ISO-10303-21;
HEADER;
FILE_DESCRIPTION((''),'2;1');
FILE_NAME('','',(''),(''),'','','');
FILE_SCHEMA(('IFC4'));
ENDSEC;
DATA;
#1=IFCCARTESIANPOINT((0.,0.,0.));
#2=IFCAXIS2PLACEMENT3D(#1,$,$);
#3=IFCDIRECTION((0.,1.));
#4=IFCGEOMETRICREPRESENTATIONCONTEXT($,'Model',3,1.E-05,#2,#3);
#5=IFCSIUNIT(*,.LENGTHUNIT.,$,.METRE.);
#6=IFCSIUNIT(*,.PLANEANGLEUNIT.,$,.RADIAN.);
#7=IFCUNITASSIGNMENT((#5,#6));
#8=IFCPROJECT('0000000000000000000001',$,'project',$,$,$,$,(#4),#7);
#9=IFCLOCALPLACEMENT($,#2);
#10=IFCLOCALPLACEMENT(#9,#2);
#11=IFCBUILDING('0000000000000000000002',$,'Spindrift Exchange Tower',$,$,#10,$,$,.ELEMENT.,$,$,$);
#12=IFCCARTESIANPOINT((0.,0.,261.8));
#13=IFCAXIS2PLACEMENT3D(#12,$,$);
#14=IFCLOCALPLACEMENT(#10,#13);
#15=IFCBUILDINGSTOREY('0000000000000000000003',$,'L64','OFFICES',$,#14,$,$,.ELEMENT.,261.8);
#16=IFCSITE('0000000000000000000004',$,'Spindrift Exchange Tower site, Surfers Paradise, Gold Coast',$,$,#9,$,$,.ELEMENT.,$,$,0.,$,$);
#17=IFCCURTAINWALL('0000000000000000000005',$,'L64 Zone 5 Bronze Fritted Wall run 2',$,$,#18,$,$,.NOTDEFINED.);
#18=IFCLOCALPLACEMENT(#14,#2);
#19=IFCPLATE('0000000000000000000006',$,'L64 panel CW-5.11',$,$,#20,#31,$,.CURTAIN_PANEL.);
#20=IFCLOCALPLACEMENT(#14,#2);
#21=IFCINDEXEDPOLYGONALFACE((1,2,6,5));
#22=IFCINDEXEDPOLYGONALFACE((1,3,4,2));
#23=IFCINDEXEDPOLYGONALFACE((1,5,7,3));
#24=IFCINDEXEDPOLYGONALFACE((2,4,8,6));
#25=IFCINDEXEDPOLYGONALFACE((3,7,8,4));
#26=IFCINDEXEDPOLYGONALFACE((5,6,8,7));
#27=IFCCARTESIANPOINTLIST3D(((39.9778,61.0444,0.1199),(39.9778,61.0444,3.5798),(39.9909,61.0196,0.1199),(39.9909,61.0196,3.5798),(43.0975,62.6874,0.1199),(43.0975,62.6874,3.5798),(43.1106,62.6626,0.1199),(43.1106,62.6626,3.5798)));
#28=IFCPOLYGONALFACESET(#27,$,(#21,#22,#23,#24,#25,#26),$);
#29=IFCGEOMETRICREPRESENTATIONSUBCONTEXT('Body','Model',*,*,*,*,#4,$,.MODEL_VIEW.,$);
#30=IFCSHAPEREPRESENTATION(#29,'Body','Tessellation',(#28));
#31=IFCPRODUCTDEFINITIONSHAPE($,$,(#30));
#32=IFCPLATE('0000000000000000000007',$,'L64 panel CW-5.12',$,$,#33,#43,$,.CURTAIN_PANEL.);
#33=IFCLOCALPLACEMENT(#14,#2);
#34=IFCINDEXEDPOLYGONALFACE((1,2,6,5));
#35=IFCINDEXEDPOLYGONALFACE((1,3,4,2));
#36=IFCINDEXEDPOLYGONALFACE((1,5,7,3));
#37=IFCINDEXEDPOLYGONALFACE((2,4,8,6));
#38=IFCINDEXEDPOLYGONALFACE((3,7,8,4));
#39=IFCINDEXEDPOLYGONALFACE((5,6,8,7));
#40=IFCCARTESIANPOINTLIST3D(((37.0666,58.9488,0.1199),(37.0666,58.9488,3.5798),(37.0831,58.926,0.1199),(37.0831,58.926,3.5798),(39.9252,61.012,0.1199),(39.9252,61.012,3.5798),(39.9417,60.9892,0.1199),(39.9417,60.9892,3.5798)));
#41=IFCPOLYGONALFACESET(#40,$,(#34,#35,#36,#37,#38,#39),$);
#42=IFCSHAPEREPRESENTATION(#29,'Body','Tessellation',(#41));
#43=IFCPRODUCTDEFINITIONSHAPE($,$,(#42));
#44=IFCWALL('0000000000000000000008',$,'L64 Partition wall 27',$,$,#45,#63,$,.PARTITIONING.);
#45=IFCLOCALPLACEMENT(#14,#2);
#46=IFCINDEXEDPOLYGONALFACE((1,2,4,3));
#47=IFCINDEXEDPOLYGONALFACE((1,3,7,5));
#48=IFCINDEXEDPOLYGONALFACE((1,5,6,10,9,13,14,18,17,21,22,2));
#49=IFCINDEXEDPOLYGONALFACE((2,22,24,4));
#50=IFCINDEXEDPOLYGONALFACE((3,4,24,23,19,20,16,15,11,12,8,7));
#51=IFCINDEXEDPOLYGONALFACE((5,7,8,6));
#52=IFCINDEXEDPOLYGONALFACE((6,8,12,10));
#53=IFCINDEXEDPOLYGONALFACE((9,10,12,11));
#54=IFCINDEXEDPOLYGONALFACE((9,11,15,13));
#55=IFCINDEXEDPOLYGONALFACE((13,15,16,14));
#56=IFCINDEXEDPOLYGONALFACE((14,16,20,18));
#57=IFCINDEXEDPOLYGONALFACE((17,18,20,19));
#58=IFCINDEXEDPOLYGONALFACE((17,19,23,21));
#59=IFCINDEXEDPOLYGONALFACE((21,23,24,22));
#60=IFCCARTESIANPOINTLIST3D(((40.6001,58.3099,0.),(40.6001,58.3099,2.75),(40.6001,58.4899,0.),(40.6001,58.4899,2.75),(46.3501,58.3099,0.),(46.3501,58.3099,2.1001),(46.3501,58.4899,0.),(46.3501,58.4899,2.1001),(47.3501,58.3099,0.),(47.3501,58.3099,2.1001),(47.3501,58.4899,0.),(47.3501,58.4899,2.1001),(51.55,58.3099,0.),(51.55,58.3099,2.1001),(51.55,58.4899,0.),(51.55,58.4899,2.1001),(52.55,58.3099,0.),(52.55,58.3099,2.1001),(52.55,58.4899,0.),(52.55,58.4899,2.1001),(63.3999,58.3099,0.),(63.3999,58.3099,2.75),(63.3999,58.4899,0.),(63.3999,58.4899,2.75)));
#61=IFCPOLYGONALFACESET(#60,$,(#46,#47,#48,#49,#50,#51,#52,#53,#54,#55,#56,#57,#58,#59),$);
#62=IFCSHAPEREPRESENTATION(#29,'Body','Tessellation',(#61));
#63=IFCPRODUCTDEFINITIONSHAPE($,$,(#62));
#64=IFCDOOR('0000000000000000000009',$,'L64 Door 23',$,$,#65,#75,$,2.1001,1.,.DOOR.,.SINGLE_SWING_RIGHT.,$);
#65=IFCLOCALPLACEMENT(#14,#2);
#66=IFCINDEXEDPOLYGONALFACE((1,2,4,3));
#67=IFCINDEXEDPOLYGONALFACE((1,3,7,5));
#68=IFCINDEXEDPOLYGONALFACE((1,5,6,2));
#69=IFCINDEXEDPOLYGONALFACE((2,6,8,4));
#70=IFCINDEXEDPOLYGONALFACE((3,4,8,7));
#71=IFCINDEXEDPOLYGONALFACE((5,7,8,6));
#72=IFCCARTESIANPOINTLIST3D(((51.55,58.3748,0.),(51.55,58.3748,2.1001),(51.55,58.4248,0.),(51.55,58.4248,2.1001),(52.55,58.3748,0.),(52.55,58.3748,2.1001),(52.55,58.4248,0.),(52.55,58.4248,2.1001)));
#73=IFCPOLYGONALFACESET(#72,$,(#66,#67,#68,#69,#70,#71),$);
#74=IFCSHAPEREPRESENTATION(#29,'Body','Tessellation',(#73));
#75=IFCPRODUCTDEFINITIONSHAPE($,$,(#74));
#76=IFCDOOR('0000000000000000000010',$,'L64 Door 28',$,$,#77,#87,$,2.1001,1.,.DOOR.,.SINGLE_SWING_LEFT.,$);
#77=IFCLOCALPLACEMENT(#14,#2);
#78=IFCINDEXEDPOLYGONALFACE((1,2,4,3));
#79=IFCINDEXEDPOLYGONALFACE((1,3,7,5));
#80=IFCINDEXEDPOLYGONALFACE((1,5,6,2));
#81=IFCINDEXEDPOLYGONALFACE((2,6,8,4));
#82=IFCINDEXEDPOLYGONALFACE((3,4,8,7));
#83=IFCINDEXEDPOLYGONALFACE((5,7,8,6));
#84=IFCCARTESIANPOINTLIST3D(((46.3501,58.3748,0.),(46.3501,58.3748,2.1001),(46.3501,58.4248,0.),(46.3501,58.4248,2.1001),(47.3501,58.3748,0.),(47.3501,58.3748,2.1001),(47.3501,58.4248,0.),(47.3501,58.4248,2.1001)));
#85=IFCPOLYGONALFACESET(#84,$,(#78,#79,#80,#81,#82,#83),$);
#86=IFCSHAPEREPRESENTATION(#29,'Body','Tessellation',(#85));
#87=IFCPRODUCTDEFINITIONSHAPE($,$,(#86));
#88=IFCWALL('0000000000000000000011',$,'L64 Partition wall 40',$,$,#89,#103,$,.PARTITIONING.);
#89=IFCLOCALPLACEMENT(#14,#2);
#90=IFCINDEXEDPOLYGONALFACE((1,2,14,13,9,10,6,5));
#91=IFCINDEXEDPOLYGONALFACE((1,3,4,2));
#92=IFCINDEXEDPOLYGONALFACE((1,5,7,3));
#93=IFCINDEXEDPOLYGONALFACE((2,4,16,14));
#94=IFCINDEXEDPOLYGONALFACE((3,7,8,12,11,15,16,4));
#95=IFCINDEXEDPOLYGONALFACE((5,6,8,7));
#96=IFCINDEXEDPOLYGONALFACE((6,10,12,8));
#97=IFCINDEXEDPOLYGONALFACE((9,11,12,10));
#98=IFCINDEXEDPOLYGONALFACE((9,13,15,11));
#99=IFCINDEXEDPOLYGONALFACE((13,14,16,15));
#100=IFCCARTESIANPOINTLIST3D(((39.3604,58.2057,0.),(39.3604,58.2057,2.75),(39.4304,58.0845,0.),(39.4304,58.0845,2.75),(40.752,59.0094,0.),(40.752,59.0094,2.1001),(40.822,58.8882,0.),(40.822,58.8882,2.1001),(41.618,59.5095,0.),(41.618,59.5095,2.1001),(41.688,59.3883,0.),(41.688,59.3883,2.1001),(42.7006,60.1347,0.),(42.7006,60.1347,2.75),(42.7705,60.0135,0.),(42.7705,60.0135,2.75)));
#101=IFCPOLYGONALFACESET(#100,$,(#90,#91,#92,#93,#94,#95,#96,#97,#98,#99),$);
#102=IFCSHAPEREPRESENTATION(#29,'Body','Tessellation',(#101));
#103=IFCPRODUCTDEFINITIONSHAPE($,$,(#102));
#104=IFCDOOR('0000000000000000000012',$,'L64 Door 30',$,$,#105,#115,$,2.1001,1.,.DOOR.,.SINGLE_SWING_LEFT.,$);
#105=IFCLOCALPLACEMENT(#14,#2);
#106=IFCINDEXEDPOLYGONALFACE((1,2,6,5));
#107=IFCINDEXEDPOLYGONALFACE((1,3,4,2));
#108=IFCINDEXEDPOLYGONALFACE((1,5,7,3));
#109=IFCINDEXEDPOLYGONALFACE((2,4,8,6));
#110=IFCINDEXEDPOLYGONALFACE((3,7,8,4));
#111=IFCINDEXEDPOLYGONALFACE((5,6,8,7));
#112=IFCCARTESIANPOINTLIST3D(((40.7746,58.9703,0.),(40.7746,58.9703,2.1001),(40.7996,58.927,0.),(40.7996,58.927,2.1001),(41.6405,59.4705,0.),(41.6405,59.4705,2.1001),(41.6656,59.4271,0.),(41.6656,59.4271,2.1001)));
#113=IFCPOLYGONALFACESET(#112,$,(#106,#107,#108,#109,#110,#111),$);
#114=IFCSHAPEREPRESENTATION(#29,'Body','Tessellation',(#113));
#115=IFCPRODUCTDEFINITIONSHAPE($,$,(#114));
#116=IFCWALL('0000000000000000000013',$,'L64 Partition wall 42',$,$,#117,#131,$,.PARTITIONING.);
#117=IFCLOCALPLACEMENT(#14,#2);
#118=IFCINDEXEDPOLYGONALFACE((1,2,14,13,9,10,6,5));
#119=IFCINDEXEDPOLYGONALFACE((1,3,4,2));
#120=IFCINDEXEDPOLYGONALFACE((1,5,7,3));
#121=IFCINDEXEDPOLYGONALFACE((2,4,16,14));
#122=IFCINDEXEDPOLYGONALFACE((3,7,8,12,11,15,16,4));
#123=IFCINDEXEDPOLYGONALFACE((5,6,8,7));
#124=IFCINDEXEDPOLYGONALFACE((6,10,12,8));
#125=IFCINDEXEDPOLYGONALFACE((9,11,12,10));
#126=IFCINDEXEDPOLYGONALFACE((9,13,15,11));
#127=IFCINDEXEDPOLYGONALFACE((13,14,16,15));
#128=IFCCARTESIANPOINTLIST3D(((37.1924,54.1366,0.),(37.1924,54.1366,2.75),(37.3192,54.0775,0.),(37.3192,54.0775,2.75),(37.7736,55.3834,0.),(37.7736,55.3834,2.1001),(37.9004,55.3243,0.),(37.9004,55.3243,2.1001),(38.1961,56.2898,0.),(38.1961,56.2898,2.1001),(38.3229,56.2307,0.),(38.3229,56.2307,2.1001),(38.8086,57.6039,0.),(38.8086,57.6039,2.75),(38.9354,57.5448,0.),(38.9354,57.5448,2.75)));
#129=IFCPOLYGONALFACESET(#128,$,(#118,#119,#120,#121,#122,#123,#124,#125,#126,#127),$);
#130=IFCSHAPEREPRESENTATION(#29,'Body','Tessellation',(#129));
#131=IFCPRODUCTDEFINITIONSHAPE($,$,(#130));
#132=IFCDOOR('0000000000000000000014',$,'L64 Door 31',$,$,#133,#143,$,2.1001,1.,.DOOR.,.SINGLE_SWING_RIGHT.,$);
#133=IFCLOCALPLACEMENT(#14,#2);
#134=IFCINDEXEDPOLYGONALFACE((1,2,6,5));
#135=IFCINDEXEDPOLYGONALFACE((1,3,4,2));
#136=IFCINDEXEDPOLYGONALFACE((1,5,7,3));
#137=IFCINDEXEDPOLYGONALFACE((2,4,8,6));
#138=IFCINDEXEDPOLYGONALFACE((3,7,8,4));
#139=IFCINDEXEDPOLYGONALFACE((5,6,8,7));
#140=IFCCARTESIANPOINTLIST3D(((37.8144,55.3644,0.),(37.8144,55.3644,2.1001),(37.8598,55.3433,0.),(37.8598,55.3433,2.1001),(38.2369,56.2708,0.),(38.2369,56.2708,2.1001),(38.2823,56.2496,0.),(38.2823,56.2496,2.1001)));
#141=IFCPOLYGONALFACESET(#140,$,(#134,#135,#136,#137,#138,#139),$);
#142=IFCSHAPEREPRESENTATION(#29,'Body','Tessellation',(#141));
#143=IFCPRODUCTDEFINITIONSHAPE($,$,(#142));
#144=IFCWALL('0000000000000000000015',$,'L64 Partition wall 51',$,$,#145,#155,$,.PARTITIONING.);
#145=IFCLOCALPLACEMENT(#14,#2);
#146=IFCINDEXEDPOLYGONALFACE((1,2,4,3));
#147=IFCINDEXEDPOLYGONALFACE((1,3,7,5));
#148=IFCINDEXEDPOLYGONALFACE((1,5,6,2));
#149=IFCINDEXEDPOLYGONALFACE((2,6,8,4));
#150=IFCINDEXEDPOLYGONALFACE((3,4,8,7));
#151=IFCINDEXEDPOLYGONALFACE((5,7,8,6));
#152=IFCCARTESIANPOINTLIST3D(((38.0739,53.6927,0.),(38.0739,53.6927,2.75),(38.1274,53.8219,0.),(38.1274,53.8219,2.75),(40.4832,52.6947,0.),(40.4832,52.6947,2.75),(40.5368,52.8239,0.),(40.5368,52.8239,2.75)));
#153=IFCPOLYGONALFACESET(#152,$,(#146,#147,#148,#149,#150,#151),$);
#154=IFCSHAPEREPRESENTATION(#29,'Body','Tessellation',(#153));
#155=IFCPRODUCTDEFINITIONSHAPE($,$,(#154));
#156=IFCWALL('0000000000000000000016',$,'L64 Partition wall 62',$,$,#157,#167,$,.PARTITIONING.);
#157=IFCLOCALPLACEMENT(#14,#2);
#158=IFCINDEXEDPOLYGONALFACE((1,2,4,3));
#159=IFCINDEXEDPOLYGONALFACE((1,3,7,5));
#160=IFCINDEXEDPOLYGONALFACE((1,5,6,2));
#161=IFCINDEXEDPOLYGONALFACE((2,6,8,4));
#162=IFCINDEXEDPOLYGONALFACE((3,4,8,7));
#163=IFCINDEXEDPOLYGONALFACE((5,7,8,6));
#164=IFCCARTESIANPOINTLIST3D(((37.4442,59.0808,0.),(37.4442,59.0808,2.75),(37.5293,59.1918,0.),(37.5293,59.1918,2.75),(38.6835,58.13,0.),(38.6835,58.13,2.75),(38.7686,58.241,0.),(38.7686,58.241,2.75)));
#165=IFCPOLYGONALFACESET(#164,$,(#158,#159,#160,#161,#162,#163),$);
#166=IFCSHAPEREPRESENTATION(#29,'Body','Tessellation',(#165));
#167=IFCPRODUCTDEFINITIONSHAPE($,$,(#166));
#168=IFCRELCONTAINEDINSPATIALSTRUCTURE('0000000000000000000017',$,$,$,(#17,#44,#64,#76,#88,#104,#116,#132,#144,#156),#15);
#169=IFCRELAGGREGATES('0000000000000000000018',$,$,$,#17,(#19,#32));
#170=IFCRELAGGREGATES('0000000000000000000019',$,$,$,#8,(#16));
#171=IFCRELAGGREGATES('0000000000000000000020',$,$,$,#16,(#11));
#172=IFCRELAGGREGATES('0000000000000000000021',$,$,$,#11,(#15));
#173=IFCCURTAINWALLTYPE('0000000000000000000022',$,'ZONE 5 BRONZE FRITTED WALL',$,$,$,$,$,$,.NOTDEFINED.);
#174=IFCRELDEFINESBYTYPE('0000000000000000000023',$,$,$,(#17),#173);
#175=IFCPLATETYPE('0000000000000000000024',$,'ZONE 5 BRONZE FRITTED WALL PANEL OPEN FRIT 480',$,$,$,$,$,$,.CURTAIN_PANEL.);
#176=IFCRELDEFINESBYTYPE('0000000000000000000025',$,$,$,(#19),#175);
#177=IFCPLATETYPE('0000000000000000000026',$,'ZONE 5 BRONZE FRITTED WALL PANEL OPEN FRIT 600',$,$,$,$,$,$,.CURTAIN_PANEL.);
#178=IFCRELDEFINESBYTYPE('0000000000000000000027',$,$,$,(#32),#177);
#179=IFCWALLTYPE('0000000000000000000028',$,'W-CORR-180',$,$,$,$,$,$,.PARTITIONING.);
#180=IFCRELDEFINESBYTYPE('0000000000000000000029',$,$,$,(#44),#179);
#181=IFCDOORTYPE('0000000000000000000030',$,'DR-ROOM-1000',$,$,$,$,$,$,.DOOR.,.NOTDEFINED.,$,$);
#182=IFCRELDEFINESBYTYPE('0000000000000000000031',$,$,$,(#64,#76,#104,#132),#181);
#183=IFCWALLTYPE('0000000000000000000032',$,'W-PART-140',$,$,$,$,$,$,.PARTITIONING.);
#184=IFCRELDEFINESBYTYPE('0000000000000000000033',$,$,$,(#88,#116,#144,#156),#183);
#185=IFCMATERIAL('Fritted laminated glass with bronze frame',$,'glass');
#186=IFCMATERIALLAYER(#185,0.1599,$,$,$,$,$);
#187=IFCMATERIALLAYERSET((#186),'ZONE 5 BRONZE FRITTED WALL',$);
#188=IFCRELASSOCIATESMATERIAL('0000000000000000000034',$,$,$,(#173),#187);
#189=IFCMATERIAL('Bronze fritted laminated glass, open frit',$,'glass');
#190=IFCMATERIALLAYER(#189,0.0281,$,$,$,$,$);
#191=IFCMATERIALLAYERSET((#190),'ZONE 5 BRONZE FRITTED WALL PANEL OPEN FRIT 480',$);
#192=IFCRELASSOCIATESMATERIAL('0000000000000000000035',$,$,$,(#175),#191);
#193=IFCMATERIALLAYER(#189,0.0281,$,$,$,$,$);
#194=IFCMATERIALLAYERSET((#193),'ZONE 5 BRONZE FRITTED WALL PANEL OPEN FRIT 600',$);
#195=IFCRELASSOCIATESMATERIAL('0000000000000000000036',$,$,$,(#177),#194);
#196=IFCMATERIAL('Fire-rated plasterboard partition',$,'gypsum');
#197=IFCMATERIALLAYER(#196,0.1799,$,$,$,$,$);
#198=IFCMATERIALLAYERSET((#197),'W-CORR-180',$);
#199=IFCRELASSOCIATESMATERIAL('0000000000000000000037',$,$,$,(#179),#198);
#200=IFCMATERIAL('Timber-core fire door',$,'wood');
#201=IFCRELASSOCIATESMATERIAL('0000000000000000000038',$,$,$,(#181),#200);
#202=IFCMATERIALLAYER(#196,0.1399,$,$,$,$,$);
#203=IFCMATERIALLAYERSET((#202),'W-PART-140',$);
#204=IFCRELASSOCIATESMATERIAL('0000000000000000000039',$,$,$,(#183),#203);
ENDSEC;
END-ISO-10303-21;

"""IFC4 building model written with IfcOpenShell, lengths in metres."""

from ifc_helpers import new_model, si_unit, direction, frame, frame_2d, origin, origin_2d, place, context, subcontext, project, spatial, rectangle, extrude, source, transform, mapped, material, layer, layer_set, type_object, element, fill, aggregate, save


model = new_model("IFC4")

# Units and contexts
model_context = context("Model", 3, precision=1e-05, world=origin(), true_north=direction((0.0, 1.0)))
body_context = subcontext(model_context, "Body", "Model", "MODEL_VIEW")
ifc_project = project(units=[si_unit("LENGTHUNIT", "METRE"), si_unit("PLANEANGLEUNIT", "RADIAN")], contexts=[model_context])

# Site, building, storey
site_placement = place(None, origin())
site = spatial("IfcSite", under=ifc_project, at=site_placement, Name="Spindrift Exchange Tower site, Surfers Paradise, Gold Coast", CompositionType="ELEMENT", RefElevation=0.0)
building_placement = place(site_placement, origin())
building = spatial("IfcBuilding", under=site, at=building_placement, Name="Spindrift Exchange Tower", CompositionType="ELEMENT")
storey_placement = place(building_placement, frame((0.0, 0.0, 261.8)))
storey = spatial("IfcBuildingStorey", under=building, at=storey_placement, Name="L64", Description="OFFICES", CompositionType="ELEMENT", Elevation=261.8)

# Curtain wall, plates
ifc_material_1 = material(Name="Fritted laminated glass with bronze frame", Category="glass")
ifc_layer_1 = layer(ifc_material_1, 0.1599)
ifc_layer_set_1 = layer_set([ifc_layer_1], Name="ZONE 5 BRONZE FRITTED WALL")
curtain_wall_type = type_object("IfcCurtainWallType", Name="ZONE 5 BRONZE FRITTED WALL", PredefinedType="NOTDEFINED", material=ifc_layer_set_1)
curtain_wall_placement = place(storey_placement, origin())
curtain_wall = element("IfcCurtainWall", 1, at=curtain_wall_placement, inside=storey, type_object=curtain_wall_type, Name="L64 Zone 5 Bronze Fritted Wall run 2", PredefinedType="NOTDEFINED")
ifc_material_2 = material(Name="Bronze fritted laminated glass, open frit", Category="glass")
ifc_layer_2 = layer(ifc_material_2, 0.0281)
ifc_layer_set_2 = layer_set([ifc_layer_2], Name="ZONE 5 BRONZE FRITTED WALL PANEL OPEN FRIT 480")
plate_type_1 = type_object("IfcPlateType", Name="ZONE 5 BRONZE FRITTED WALL PANEL OPEN FRIT 480", PredefinedType="CURTAIN_PANEL", material=ifc_layer_set_2)
shared_shape_1 = source(origin(), body_context, "Body", "SweptSolid", [
    extrude(rectangle(XDim=3.5259, YDim=0.0281, at=origin_2d()), origin(), (0.0, 0.0, 1.0), 3.46),
])
plate_1_placement = place(storey_placement, frame((41.5442, 61.8535, 0.1199), z_axis=(0.0, 0.0, 1.0), x_axis=(-0.884797, -0.465976, 0.0)))
plate_1 = element("IfcPlate", 2, at=plate_1_placement, type_object=plate_type_1, Name="L64 panel CW-5.11", PredefinedType="CURTAIN_PANEL", context=body_context, shape_type="MappedRepresentation", body=[
    mapped(shared_shape_1, transform((0.0, 0.0, 0.0), scale=1.0)),
])
ifc_layer_3 = layer(ifc_material_2, 0.0281)
ifc_layer_set_3 = layer_set([ifc_layer_3], Name="ZONE 5 BRONZE FRITTED WALL PANEL OPEN FRIT 600")
plate_type_2 = type_object("IfcPlateType", Name="ZONE 5 BRONZE FRITTED WALL PANEL OPEN FRIT 600", PredefinedType="CURTAIN_PANEL", material=ifc_layer_set_3)
shared_shape_2 = source(origin(), body_context, "Body", "SweptSolid", [
    extrude(rectangle(XDim=3.5254, YDim=0.0281, at=origin_2d()), origin(), (0.0, 0.0, 1.0), 3.46),
])
plate_2_placement = place(storey_placement, frame((38.5042, 59.969, 0.1199), z_axis=(0.0, 0.0, 1.0), x_axis=(-0.810853, -0.585249, 0.0)))
plate_2 = element("IfcPlate", 3, at=plate_2_placement, type_object=plate_type_2, Name="L64 panel CW-5.12", PredefinedType="CURTAIN_PANEL", context=body_context, shape_type="MappedRepresentation", body=[
    mapped(shared_shape_2, transform((0.0, 0.0, 0.0), scale=1.0)),
])
aggregate(curtain_wall, [plate_1, plate_2])

# Wall, openings, doors
ifc_material_3 = material(Name="Fire-rated plasterboard partition", Category="gypsum")
ifc_layer_4 = layer(ifc_material_3, 0.1799)
ifc_layer_set_4 = layer_set([ifc_layer_4], Name="W-CORR-180")
wall_type_1 = type_object("IfcWallType", Name="W-CORR-180", PredefinedType="PARTITIONING", material=ifc_layer_set_4)
wall_1_placement = place(storey_placement, frame((40.6001, 58.3999, 0.0), z_axis=(0.0, 0.0, 1.0), x_axis=(1.0, 0.0, 0.0)))
wall_1 = element("IfcWall", 4, at=wall_1_placement, inside=storey, type_object=wall_type_1, Name="L64 Partition wall 27", PredefinedType="PARTITIONING", context=body_context, shape_type="SweptSolid", body=[
    extrude(rectangle(XDim=22.7998, YDim=0.1799, at=frame_2d((11.3999, 0.0))), origin(), (0.0, 0.0, 1.0), 2.75),
])
opening_1_placement = place(wall_1_placement, frame((10.95, 0.0, 0.0)))
opening_1 = element("IfcOpeningElement", 5, at=opening_1_placement, cuts=wall_1, PredefinedType="OPENING", context=body_context, shape_type="SweptSolid", body=[
    extrude(rectangle(XDim=1.0, YDim=2.1001, at=frame_2d((0.5, 1.05))), frame((0.0, 0.0999, 0.0), z_axis=(0.0, -1.0, 0.0), x_axis=(1.0, 0.0, 0.0)), (0.0, 0.0, 1.0), 0.2),
])
opening_2_placement = place(wall_1_placement, frame((5.75, 0.0, 0.0)))
opening_2 = element("IfcOpeningElement", 6, at=opening_2_placement, cuts=wall_1, PredefinedType="OPENING", context=body_context, shape_type="SweptSolid", body=[
    extrude(rectangle(XDim=1.0, YDim=2.1001, at=frame_2d((0.5, 1.05))), frame((0.0, 0.0999, 0.0), z_axis=(0.0, -1.0, 0.0), x_axis=(1.0, 0.0, 0.0)), (0.0, 0.0, 1.0), 0.2),
])
ifc_material_4 = material(Name="Timber-core fire door", Category="wood")
door_type = type_object("IfcDoorType", Name="DR-ROOM-1000", OperationType="NOTDEFINED", PredefinedType="DOOR", material=ifc_material_4)
shared_shape_3 = source(origin(), body_context, "Body", "SweptSolid", [
    extrude(rectangle(XDim=1.0, YDim=2.1001, at=frame_2d((0.5, 1.05))), frame((0.0, 0.0249, 0.0), z_axis=(0.0, -1.0, 0.0), x_axis=(1.0, 0.0, 0.0)), (0.0, 0.0, 1.0), 0.05),
])
door_1_placement = place(opening_1_placement, origin())
door_1 = element("IfcDoor", 7, at=door_1_placement, inside=storey, type_object=door_type, Name="L64 Door 23", OperationType="SINGLE_SWING_RIGHT", OverallHeight=2.1001, OverallWidth=1.0, PredefinedType="DOOR", context=body_context, shape_type="MappedRepresentation", body=[
    mapped(shared_shape_3, transform((0.0, 0.0, 0.0), scale=1.0)),
])
fill(opening_1, door_1)
door_2_placement = place(opening_2_placement, origin())
door_2 = element("IfcDoor", 8, at=door_2_placement, inside=storey, type_object=door_type, Name="L64 Door 28", OperationType="SINGLE_SWING_LEFT", OverallHeight=2.1001, OverallWidth=1.0, PredefinedType="DOOR", context=body_context, shape_type="MappedRepresentation", body=[
    mapped(shared_shape_3, transform((0.0, 0.0, 0.0), scale=1.0)),
])
fill(opening_2, door_2)

# Walls, openings, doors
ifc_layer_5 = layer(ifc_material_3, 0.1399)
ifc_layer_set_5 = layer_set([ifc_layer_5], Name="W-PART-140")
wall_type_2 = type_object("IfcWallType", Name="W-PART-140", PredefinedType="PARTITIONING", material=ifc_layer_set_5)
wall_2_placement = place(storey_placement, frame((39.3953, 58.145, 0.0), z_axis=(0.0, 0.0, 1.0), x_axis=(0.865963, 0.500108, 0.0)))
wall_2 = element("IfcWall", 9, at=wall_2_placement, inside=storey, type_object=wall_type_2, Name="L64 Partition wall 40", PredefinedType="PARTITIONING", context=body_context, shape_type="SweptSolid", body=[
    extrude(rectangle(XDim=3.8572, YDim=0.1399, at=frame_2d((1.9287, 0.0))), origin(), (0.0, 0.0, 1.0), 2.75),
])
opening_3_placement = place(wall_2_placement, frame((1.6072, 0.0, 0.0)))
opening_3 = element("IfcOpeningElement", 10, at=opening_3_placement, cuts=wall_2, PredefinedType="OPENING", context=body_context, shape_type="SweptSolid", body=[
    extrude(rectangle(XDim=1.0, YDim=2.1001, at=frame_2d((0.5, 1.05))), frame((0.0, 0.0798, 0.0), z_axis=(0.0, -1.0, 0.0), x_axis=(1.0, 0.0, 0.0)), (0.0, 0.0, 1.0), 0.1599),
])
door_3_placement = place(opening_3_placement, origin())
door_3 = element("IfcDoor", 11, at=door_3_placement, inside=storey, type_object=door_type, Name="L64 Door 30", OperationType="SINGLE_SWING_LEFT", OverallHeight=2.1001, OverallWidth=1.0, PredefinedType="DOOR", context=body_context, shape_type="MappedRepresentation", body=[
    mapped(shared_shape_3, transform((0.0, 0.0, 0.0), scale=1.0)),
])
fill(opening_3, door_3)
wall_3_placement = place(storey_placement, frame((37.2559, 54.1072, 0.0), z_axis=(0.0, 0.0, 1.0), x_axis=(0.422487, 0.906369, 0.0)))
wall_3 = element("IfcWall", 12, at=wall_3_placement, inside=storey, type_object=wall_type_2, Name="L64 Partition wall 42", PredefinedType="PARTITIONING", context=body_context, shape_type="SweptSolid", body=[
    extrude(rectangle(XDim=3.8254, YDim=0.1399, at=frame_2d((1.9126, 0.0))), origin(), (0.0, 0.0, 1.0), 2.75),
])
opening_4_placement = place(wall_3_placement, frame((1.3755, 0.0, 0.0)))
opening_4 = element("IfcOpeningElement", 13, at=opening_4_placement, cuts=wall_3, PredefinedType="OPENING", context=body_context, shape_type="SweptSolid", body=[
    extrude(rectangle(XDim=1.0, YDim=2.1001, at=frame_2d((0.5, 1.05))), frame((0.0, 0.0798, 0.0), z_axis=(0.0, -1.0, 0.0), x_axis=(1.0, 0.0, 0.0)), (0.0, 0.0, 1.0), 0.1599),
])
door_4_placement = place(opening_4_placement, origin())
door_4 = element("IfcDoor", 14, at=door_4_placement, inside=storey, type_object=door_type, Name="L64 Door 31", OperationType="SINGLE_SWING_RIGHT", OverallHeight=2.1001, OverallWidth=1.0, PredefinedType="DOOR", context=body_context, shape_type="MappedRepresentation", body=[
    mapped(shared_shape_3, transform((0.0, 0.0, 0.0), scale=1.0)),
])
fill(opening_4, door_4)

# Walls
wall_4_placement = place(storey_placement, frame((40.51, 52.7593, 0.0), z_axis=(0.0, 0.0, 1.0), x_axis=(-0.923875, 0.382694, 0.0)))
element("IfcWall", 15, at=wall_4_placement, inside=storey, type_object=wall_type_2, Name="L64 Partition wall 51", PredefinedType="PARTITIONING", context=body_context, shape_type="SweptSolid", body=[
    extrude(rectangle(XDim=2.6079, YDim=0.1399, at=frame_2d((1.304, 0.0))), origin(), (0.0, 0.0, 1.0), 2.75),
])
wall_5_placement = place(storey_placement, frame((38.7261, 58.1855, 0.0), z_axis=(0.0, 0.0, 1.0), x_axis=(-0.793425, 0.608668, 0.0)))
element("IfcWall", 16, at=wall_5_placement, inside=storey, type_object=wall_type_2, Name="L64 Partition wall 62", PredefinedType="PARTITIONING", context=body_context, shape_type="SweptSolid", body=[
    extrude(rectangle(XDim=1.562, YDim=0.1399, at=frame_2d((0.781, 0.0))), origin(), (0.0, 0.0, 1.0), 2.75),
])

save(model, "model.ifc")
